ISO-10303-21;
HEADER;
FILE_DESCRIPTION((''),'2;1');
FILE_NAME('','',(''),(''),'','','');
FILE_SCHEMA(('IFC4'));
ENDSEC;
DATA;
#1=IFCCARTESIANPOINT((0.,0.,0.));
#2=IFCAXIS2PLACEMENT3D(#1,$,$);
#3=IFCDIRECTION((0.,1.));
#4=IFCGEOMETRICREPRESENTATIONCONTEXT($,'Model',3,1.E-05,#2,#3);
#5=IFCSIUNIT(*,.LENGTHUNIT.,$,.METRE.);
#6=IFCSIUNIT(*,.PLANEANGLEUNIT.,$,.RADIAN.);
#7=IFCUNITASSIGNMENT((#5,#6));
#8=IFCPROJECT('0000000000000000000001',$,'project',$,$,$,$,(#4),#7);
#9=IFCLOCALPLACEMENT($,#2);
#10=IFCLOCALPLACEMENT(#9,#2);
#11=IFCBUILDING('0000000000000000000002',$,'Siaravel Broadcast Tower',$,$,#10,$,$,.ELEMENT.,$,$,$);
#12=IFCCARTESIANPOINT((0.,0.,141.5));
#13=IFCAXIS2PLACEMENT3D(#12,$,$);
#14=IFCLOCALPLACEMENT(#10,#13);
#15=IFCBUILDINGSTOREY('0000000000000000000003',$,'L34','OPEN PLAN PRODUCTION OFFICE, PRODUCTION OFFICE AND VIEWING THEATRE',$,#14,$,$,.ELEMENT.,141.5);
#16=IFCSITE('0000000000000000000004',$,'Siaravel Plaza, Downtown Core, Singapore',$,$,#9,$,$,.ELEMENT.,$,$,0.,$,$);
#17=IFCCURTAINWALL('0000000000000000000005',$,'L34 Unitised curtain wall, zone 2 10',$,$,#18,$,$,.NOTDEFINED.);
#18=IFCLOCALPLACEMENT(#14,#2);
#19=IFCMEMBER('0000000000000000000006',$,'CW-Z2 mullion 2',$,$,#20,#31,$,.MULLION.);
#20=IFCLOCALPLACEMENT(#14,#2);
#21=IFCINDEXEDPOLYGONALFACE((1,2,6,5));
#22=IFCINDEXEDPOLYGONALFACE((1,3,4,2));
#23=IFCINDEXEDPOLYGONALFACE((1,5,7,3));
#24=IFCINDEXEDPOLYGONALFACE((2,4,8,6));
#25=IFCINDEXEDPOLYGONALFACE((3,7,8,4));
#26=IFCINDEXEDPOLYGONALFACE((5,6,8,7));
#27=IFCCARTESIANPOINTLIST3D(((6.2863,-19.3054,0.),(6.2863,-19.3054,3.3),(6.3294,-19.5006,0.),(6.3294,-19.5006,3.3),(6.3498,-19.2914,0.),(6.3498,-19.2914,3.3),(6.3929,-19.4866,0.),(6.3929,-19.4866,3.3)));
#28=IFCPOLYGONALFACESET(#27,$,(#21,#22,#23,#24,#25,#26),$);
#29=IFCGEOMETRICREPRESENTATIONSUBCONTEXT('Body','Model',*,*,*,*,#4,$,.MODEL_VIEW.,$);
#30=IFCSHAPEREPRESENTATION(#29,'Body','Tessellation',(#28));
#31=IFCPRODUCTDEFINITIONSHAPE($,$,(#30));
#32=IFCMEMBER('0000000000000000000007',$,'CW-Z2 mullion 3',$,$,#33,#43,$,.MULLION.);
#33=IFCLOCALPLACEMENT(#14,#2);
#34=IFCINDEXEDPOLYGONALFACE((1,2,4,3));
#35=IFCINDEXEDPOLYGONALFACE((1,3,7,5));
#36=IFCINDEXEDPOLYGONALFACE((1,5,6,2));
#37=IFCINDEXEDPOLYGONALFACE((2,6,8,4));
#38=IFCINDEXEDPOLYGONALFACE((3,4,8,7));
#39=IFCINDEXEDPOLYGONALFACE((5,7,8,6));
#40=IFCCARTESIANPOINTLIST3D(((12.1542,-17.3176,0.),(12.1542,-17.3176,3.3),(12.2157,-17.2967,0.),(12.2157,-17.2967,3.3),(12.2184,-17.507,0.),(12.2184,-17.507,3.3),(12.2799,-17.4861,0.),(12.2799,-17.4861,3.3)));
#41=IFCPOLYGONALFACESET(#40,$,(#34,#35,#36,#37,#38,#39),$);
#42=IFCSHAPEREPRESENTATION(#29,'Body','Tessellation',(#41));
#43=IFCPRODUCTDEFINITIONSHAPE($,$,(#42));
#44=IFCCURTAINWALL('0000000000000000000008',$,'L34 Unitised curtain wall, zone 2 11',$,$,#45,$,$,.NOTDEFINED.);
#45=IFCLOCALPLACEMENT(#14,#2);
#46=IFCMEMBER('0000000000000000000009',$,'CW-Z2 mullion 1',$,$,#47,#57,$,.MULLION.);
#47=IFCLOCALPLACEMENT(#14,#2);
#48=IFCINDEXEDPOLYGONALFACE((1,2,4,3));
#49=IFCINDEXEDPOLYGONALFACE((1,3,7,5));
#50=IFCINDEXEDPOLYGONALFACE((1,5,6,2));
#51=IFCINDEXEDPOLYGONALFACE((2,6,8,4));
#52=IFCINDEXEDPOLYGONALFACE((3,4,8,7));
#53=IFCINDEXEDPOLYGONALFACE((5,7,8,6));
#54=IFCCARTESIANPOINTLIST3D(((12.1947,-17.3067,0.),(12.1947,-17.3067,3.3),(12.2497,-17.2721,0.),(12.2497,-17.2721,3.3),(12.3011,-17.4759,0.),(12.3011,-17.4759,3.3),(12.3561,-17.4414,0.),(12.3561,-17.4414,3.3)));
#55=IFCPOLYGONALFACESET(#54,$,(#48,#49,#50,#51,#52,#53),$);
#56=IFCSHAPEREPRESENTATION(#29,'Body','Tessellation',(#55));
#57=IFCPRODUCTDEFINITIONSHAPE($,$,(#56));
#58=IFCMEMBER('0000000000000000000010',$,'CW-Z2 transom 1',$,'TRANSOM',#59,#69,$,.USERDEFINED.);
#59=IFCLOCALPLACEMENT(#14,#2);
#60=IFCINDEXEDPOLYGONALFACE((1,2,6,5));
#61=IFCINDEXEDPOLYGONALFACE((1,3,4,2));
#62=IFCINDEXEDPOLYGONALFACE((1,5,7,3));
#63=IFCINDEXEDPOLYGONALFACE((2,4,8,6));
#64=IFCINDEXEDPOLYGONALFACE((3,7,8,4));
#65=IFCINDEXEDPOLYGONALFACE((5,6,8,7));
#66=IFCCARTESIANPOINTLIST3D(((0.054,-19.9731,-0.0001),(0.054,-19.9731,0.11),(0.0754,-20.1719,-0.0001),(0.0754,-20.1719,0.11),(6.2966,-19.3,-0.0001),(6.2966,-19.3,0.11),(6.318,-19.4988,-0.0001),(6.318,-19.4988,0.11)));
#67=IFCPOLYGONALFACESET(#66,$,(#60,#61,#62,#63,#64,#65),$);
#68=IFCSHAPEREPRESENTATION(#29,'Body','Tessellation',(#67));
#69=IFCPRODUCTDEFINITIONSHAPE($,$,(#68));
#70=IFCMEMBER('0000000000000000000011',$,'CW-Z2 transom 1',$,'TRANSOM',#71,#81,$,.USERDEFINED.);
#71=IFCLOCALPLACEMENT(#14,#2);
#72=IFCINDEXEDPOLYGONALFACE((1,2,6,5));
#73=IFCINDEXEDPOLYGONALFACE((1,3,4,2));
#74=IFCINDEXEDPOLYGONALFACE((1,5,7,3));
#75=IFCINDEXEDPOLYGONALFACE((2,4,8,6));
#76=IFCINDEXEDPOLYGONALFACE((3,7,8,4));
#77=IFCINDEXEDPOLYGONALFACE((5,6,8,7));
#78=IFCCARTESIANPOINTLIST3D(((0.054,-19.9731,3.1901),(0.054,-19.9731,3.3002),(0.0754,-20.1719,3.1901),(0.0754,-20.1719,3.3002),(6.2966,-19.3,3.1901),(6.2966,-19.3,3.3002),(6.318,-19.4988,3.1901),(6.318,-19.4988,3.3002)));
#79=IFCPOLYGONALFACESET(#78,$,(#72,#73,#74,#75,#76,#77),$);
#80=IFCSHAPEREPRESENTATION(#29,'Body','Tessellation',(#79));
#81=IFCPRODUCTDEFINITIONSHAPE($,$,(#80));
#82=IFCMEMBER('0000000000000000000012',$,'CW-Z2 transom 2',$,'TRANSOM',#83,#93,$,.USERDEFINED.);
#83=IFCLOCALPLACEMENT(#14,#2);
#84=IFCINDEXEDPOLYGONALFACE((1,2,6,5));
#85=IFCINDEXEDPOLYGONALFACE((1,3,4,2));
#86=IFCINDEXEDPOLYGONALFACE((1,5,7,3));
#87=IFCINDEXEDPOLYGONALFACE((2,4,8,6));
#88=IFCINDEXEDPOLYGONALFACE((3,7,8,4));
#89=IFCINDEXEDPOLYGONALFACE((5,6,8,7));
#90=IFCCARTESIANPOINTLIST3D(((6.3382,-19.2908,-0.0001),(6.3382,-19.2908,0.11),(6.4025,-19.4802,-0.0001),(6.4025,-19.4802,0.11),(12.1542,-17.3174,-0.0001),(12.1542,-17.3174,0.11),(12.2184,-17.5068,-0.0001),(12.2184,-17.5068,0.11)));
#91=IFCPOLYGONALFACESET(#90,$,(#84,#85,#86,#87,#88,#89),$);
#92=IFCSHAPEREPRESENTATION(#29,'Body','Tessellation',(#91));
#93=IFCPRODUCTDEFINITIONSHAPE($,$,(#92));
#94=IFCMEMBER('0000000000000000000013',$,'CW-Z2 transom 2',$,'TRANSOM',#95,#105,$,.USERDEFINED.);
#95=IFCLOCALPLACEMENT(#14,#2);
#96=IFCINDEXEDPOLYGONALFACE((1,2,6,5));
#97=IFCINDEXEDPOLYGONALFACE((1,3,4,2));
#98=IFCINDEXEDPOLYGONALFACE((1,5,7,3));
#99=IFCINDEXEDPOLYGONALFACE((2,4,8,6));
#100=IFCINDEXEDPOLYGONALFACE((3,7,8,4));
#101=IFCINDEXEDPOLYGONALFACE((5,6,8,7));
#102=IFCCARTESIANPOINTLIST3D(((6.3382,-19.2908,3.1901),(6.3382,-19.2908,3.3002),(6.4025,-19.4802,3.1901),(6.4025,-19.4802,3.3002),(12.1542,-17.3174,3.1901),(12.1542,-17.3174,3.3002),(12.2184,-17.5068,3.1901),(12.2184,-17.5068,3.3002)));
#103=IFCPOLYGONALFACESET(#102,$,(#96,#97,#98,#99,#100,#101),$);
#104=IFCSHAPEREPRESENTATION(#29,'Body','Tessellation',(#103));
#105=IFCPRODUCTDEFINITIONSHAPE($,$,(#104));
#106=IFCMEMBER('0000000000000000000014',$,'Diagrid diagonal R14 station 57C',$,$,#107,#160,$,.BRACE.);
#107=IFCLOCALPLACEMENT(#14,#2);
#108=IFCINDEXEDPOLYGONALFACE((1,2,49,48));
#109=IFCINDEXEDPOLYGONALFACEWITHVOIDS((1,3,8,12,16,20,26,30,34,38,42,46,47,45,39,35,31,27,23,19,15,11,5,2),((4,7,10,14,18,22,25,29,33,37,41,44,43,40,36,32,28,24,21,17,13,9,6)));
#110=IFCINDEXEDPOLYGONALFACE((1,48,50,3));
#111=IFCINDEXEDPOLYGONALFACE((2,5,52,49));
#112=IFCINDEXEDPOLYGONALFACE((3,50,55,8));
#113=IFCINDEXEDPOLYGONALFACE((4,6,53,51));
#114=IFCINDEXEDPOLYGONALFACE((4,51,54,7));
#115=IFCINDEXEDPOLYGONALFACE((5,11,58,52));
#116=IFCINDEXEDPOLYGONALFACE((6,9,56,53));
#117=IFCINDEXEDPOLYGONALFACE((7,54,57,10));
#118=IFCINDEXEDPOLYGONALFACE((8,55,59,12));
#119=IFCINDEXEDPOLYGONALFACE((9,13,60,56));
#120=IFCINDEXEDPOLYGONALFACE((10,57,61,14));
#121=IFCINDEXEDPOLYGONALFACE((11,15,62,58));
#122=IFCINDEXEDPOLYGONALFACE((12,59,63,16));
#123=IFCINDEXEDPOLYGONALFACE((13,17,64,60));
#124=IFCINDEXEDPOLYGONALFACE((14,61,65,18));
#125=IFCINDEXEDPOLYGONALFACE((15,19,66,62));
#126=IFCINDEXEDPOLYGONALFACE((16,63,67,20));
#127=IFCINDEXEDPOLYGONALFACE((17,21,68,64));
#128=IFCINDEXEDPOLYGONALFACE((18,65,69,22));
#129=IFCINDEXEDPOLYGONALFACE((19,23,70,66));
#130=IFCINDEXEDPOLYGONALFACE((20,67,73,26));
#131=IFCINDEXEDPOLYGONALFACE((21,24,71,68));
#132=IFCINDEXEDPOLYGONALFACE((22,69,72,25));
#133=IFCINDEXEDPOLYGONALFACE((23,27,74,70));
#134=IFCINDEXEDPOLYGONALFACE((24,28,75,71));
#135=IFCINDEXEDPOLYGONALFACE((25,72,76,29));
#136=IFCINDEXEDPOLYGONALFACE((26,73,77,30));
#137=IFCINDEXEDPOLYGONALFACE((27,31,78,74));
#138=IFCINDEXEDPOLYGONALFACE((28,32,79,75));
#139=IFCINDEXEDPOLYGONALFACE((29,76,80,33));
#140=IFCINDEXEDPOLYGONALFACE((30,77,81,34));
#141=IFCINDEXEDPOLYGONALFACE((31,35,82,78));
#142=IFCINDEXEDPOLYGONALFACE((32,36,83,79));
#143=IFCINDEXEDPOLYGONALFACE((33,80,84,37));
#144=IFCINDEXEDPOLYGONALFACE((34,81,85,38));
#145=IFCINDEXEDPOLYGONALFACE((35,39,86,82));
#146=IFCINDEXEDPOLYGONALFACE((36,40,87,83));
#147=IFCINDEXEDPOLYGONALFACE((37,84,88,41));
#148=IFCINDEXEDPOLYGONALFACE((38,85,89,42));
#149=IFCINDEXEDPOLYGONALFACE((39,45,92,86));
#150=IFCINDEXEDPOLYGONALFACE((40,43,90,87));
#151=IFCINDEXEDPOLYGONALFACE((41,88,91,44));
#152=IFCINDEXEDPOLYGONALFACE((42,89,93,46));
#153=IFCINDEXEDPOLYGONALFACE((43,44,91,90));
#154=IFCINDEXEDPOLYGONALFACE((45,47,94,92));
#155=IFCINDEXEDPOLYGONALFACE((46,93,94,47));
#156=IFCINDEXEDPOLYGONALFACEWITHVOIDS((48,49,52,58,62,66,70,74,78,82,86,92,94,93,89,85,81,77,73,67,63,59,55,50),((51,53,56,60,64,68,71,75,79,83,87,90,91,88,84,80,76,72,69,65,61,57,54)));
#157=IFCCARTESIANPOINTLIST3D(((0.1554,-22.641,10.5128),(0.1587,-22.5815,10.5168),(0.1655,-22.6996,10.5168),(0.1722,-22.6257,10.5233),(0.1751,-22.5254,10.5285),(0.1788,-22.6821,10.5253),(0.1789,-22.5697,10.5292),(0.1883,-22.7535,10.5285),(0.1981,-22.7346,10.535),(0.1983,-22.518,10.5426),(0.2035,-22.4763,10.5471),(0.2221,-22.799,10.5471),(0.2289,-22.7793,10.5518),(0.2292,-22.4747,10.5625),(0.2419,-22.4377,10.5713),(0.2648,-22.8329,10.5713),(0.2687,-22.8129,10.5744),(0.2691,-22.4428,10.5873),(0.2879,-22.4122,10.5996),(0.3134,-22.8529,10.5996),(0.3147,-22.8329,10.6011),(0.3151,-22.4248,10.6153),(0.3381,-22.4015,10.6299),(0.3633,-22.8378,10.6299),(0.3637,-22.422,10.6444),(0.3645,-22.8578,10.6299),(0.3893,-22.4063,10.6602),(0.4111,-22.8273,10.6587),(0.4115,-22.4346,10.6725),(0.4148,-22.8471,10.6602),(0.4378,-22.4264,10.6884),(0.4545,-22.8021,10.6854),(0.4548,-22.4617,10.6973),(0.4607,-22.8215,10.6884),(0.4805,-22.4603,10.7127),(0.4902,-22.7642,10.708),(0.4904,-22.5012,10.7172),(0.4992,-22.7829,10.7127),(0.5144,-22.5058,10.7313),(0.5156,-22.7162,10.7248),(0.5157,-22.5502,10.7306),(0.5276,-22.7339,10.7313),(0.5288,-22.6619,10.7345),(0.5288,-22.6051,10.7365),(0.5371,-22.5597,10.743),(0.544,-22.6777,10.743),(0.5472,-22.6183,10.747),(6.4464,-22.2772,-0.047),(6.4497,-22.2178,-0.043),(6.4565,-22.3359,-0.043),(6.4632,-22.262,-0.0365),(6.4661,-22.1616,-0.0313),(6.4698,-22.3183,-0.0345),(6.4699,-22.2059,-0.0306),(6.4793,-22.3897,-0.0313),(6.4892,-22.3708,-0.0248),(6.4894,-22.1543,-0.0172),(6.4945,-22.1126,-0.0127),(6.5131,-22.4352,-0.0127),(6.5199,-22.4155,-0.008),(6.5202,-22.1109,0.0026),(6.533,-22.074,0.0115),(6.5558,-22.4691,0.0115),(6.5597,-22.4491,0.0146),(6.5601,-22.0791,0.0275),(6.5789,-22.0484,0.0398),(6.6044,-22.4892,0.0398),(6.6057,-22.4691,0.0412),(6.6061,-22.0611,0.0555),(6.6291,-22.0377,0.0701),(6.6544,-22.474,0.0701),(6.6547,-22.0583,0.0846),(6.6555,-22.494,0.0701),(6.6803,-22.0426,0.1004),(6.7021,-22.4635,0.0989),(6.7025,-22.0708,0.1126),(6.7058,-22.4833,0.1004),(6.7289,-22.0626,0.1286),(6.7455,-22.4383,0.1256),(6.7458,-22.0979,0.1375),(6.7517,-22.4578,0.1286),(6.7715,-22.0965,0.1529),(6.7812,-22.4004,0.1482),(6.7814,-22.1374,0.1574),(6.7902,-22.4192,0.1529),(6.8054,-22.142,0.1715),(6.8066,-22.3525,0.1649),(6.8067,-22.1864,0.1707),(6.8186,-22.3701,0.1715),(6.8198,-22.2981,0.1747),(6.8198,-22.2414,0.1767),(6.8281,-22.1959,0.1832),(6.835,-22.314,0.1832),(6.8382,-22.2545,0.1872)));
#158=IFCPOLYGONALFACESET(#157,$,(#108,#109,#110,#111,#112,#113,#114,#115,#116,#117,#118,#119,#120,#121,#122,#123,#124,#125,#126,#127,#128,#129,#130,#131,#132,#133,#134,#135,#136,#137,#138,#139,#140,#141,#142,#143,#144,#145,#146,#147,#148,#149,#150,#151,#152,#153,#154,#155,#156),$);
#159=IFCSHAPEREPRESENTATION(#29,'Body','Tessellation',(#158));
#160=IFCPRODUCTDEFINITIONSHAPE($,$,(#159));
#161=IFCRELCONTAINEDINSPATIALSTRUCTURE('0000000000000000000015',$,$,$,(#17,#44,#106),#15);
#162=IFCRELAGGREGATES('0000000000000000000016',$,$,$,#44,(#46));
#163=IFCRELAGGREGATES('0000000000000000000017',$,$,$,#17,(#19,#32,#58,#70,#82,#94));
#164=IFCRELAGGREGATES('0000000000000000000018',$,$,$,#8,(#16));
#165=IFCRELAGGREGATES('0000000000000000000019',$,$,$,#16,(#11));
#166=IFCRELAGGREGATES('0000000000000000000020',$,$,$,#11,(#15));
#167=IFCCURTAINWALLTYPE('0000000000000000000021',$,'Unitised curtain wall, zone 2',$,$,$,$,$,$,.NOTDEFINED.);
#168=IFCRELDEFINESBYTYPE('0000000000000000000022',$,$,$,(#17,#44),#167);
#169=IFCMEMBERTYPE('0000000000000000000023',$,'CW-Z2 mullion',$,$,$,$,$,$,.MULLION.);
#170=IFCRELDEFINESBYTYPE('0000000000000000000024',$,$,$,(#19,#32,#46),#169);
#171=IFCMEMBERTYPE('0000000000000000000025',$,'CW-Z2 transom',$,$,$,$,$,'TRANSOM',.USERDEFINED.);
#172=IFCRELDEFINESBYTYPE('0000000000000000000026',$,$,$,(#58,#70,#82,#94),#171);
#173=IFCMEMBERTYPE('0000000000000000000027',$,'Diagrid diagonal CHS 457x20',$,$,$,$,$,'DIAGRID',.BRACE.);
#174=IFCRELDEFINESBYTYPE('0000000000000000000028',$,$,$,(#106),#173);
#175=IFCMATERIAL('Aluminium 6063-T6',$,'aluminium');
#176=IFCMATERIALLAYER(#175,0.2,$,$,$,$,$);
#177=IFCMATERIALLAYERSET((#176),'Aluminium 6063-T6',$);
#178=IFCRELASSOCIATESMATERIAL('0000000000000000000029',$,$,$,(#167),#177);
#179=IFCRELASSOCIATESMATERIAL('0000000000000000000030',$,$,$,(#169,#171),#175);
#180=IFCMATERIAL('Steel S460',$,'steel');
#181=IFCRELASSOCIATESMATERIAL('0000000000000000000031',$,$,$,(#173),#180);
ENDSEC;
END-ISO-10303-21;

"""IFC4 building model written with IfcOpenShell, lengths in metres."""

from ifc_helpers import new_model, si_unit, direction, frame, origin, origin_2d, place, context, subcontext, project, spatial, rectangle, hollow_circle, extrude, material, layer, layer_set, material_profile, profile_set, type_object, element, aggregate, save


model = new_model("IFC4")

# Units and contexts
model_context = context("Model", 3, precision=1e-05, world=origin(), true_north=direction((0.0, 1.0)))
body_context = subcontext(model_context, "Body", "Model", "MODEL_VIEW")
ifc_project = project(units=[si_unit("LENGTHUNIT", "METRE"), si_unit("PLANEANGLEUNIT", "RADIAN")], contexts=[model_context])

# Site, building, storey
site_placement = place(None, origin())
site = spatial("IfcSite", under=ifc_project, at=site_placement, Name="Siaravel Plaza, Downtown Core, Singapore", CompositionType="ELEMENT", RefElevation=0.0)
building_placement = place(site_placement, origin())
building = spatial("IfcBuilding", under=site, at=building_placement, Name="Siaravel Broadcast Tower", CompositionType="ELEMENT")
storey_placement = place(building_placement, frame((0.0, 0.0, 141.5)))
storey = spatial("IfcBuildingStorey", under=building, at=storey_placement, Name="L34", Description="OPEN PLAN PRODUCTION OFFICE, PRODUCTION OFFICE AND VIEWING THEATRE", CompositionType="ELEMENT", Elevation=141.5)

# Curtain wall, members
ifc_material_1 = material(Name="Aluminium 6063-T6", Category="aluminium")
ifc_layer_1 = layer(ifc_material_1, 0.2)
ifc_layer_set_1 = layer_set([ifc_layer_1], Name="Aluminium 6063-T6")
curtain_wall_type = type_object("IfcCurtainWallType", Name="Unitised curtain wall, zone 2", PredefinedType="NOTDEFINED", material=ifc_layer_set_1)
curtain_wall_1_placement = place(storey_placement, origin())
curtain_wall_1 = element("IfcCurtainWall", 1, at=curtain_wall_1_placement, inside=storey, type_object=curtain_wall_type, Name="L34 Unitised curtain wall, zone 2 10", PredefinedType="NOTDEFINED")
ifc_material_profile_1 = material_profile(ifc_material_1, rectangle(XDim=0.2, YDim=0.0649, at=origin_2d()))
ifc_profile_set_1 = profile_set([ifc_material_profile_1], Name="Aluminium 6063-T6")
member_type_1 = type_object("IfcMemberType", Name="CW-Z2 mullion", PredefinedType="MULLION", material=ifc_profile_set_1)
member_1_placement = place(storey_placement, frame((6.3396, -19.396, 0.0), z_axis=(0.0, 0.0, 1.0), x_axis=(-0.215558, 0.976491, 0.0)))
member_1 = element("IfcMember", 2, at=member_1_placement, type_object=member_type_1, Name="CW-Z2 mullion 2", PredefinedType="MULLION", context=body_context, shape_type="SweptSolid", body=[
    extrude(rectangle(XDim=0.2, YDim=0.0649, at=origin_2d()), origin(), (0.0, 0.0, 1.0), 3.3),
])
member_2_placement = place(storey_placement, frame((12.217, -17.4019, 0.0), z_axis=(0.0, 0.0, 1.0), x_axis=(-0.321301, 0.946977, 0.0)))
member_2 = element("IfcMember", 3, at=member_2_placement, type_object=member_type_1, Name="CW-Z2 mullion 3", PredefinedType="MULLION", context=body_context, shape_type="SweptSolid", body=[
    extrude(rectangle(XDim=0.2, YDim=0.0649, at=origin_2d()), origin(), (0.0, 0.0, 1.0), 3.3),
])

# Curtain wall, member
curtain_wall_2_placement = place(storey_placement, origin())
curtain_wall_2 = element("IfcCurtainWall", 4, at=curtain_wall_2_placement, inside=storey, type_object=curtain_wall_type, Name="L34 Unitised curtain wall, zone 2 11", PredefinedType="NOTDEFINED")
member_3_placement = place(storey_placement, frame((12.2754, -17.374, 0.0), z_axis=(0.0, 0.0, 1.0), x_axis=(-0.53215, 0.84665, 0.0)))
member_3 = element("IfcMember", 5, at=member_3_placement, type_object=member_type_1, Name="CW-Z2 mullion 1", PredefinedType="MULLION", context=body_context, shape_type="SweptSolid", body=[
    extrude(rectangle(XDim=0.2, YDim=0.0649, at=origin_2d()), origin(), (0.0, 0.0, 1.0), 3.3),
])
aggregate(curtain_wall_2, [member_3])

# Members
ifc_material_profile_2 = material_profile(ifc_material_1, rectangle(XDim=0.2, YDim=0.1101, at=origin_2d()))
ifc_profile_set_2 = profile_set([ifc_material_profile_2], Name="Aluminium 6063-T6")
member_type_2 = type_object("IfcMemberType", Name="CW-Z2 transom", ElementType="TRANSOM", PredefinedType="USERDEFINED", material=ifc_profile_set_2)
member_4_placement = place(storey_placement, frame((0.0647, -20.0725, 0.0549), z_axis=(0.994237, 0.1072, 0.0), x_axis=(-0.1072, 0.994237, 0.0)))
member_4 = element("IfcMember", 6, at=member_4_placement, type_object=member_type_2, Name="CW-Z2 transom 1", ObjectType="TRANSOM", PredefinedType="USERDEFINED", context=body_context, shape_type="SweptSolid", body=[
    extrude(rectangle(XDim=0.2, YDim=0.1101, at=origin_2d()), origin(), (0.0, 0.0, 1.0), 6.2788),
])
member_5_placement = place(storey_placement, frame((0.0647, -20.0725, 3.2451), z_axis=(0.994237, 0.1072, 0.0), x_axis=(-0.1072, 0.994237, 0.0)))
member_5 = element("IfcMember", 7, at=member_5_placement, type_object=member_type_2, Name="CW-Z2 transom 1", ObjectType="TRANSOM", PredefinedType="USERDEFINED", context=body_context, shape_type="SweptSolid", body=[
    extrude(rectangle(XDim=0.2, YDim=0.1101, at=origin_2d()), origin(), (0.0, 0.0, 1.0), 6.2788),
])
member_6_placement = place(storey_placement, frame((6.3704, -19.3855, 0.0549), z_axis=(0.946972, 0.321315, 0.0), x_axis=(-0.321315, 0.946972, 0.0)))
member_6 = element("IfcMember", 8, at=member_6_placement, type_object=member_type_2, Name="CW-Z2 transom 2", ObjectType="TRANSOM", PredefinedType="USERDEFINED", context=body_context, shape_type="SweptSolid", body=[
    extrude(rectangle(XDim=0.2, YDim=0.1101, at=origin_2d()), origin(), (0.0, 0.0, 1.0), 6.1416),
])
member_7_placement = place(storey_placement, frame((6.3704, -19.3855, 3.2451), z_axis=(0.946972, 0.321315, 0.0), x_axis=(-0.321315, 0.946972, 0.0)))
member_7 = element("IfcMember", 9, at=member_7_placement, type_object=member_type_2, Name="CW-Z2 transom 2", ObjectType="TRANSOM", PredefinedType="USERDEFINED", context=body_context, shape_type="SweptSolid", body=[
    extrude(rectangle(XDim=0.2, YDim=0.1101, at=origin_2d()), origin(), (0.0, 0.0, 1.0), 6.1416),
])

# Member
ifc_material_2 = material(Name="Steel S460", Category="steel")
ifc_material_profile_3 = material_profile(ifc_material_2, hollow_circle(Radius=0.2285, WallThickness=0.02, at=origin_2d()))
ifc_profile_set_3 = profile_set([ifc_material_profile_3], Name="Steel S460")
member_type_3 = type_object("IfcMemberType", Name="Diagrid diagonal CHS 457x20", ElementType="DIAGRID", PredefinedType="BRACE", material=ifc_profile_set_3)
member_8_placement = place(storey_placement, frame((6.6423, -22.2659, 0.0701), z_axis=(-0.511585, -0.029582, 0.858723), x_axis=(0.057727, -0.998332, 0.0)))
element("IfcMember", 10, at=member_8_placement, inside=storey, type_object=member_type_3, Name="Diagrid diagonal R14 station 57C", PredefinedType="BRACE", context=body_context, shape_type="SweptSolid", body=[
    extrude(hollow_circle(Radius=0.2285, WallThickness=0.02, at=origin_2d()), origin(), (0.0, 0.0, 1.0), 12.2971),
])

aggregate(curtain_wall_1, [member_1, member_2, member_4, member_5, member_6, member_7])

save(model, "model.ifc")
